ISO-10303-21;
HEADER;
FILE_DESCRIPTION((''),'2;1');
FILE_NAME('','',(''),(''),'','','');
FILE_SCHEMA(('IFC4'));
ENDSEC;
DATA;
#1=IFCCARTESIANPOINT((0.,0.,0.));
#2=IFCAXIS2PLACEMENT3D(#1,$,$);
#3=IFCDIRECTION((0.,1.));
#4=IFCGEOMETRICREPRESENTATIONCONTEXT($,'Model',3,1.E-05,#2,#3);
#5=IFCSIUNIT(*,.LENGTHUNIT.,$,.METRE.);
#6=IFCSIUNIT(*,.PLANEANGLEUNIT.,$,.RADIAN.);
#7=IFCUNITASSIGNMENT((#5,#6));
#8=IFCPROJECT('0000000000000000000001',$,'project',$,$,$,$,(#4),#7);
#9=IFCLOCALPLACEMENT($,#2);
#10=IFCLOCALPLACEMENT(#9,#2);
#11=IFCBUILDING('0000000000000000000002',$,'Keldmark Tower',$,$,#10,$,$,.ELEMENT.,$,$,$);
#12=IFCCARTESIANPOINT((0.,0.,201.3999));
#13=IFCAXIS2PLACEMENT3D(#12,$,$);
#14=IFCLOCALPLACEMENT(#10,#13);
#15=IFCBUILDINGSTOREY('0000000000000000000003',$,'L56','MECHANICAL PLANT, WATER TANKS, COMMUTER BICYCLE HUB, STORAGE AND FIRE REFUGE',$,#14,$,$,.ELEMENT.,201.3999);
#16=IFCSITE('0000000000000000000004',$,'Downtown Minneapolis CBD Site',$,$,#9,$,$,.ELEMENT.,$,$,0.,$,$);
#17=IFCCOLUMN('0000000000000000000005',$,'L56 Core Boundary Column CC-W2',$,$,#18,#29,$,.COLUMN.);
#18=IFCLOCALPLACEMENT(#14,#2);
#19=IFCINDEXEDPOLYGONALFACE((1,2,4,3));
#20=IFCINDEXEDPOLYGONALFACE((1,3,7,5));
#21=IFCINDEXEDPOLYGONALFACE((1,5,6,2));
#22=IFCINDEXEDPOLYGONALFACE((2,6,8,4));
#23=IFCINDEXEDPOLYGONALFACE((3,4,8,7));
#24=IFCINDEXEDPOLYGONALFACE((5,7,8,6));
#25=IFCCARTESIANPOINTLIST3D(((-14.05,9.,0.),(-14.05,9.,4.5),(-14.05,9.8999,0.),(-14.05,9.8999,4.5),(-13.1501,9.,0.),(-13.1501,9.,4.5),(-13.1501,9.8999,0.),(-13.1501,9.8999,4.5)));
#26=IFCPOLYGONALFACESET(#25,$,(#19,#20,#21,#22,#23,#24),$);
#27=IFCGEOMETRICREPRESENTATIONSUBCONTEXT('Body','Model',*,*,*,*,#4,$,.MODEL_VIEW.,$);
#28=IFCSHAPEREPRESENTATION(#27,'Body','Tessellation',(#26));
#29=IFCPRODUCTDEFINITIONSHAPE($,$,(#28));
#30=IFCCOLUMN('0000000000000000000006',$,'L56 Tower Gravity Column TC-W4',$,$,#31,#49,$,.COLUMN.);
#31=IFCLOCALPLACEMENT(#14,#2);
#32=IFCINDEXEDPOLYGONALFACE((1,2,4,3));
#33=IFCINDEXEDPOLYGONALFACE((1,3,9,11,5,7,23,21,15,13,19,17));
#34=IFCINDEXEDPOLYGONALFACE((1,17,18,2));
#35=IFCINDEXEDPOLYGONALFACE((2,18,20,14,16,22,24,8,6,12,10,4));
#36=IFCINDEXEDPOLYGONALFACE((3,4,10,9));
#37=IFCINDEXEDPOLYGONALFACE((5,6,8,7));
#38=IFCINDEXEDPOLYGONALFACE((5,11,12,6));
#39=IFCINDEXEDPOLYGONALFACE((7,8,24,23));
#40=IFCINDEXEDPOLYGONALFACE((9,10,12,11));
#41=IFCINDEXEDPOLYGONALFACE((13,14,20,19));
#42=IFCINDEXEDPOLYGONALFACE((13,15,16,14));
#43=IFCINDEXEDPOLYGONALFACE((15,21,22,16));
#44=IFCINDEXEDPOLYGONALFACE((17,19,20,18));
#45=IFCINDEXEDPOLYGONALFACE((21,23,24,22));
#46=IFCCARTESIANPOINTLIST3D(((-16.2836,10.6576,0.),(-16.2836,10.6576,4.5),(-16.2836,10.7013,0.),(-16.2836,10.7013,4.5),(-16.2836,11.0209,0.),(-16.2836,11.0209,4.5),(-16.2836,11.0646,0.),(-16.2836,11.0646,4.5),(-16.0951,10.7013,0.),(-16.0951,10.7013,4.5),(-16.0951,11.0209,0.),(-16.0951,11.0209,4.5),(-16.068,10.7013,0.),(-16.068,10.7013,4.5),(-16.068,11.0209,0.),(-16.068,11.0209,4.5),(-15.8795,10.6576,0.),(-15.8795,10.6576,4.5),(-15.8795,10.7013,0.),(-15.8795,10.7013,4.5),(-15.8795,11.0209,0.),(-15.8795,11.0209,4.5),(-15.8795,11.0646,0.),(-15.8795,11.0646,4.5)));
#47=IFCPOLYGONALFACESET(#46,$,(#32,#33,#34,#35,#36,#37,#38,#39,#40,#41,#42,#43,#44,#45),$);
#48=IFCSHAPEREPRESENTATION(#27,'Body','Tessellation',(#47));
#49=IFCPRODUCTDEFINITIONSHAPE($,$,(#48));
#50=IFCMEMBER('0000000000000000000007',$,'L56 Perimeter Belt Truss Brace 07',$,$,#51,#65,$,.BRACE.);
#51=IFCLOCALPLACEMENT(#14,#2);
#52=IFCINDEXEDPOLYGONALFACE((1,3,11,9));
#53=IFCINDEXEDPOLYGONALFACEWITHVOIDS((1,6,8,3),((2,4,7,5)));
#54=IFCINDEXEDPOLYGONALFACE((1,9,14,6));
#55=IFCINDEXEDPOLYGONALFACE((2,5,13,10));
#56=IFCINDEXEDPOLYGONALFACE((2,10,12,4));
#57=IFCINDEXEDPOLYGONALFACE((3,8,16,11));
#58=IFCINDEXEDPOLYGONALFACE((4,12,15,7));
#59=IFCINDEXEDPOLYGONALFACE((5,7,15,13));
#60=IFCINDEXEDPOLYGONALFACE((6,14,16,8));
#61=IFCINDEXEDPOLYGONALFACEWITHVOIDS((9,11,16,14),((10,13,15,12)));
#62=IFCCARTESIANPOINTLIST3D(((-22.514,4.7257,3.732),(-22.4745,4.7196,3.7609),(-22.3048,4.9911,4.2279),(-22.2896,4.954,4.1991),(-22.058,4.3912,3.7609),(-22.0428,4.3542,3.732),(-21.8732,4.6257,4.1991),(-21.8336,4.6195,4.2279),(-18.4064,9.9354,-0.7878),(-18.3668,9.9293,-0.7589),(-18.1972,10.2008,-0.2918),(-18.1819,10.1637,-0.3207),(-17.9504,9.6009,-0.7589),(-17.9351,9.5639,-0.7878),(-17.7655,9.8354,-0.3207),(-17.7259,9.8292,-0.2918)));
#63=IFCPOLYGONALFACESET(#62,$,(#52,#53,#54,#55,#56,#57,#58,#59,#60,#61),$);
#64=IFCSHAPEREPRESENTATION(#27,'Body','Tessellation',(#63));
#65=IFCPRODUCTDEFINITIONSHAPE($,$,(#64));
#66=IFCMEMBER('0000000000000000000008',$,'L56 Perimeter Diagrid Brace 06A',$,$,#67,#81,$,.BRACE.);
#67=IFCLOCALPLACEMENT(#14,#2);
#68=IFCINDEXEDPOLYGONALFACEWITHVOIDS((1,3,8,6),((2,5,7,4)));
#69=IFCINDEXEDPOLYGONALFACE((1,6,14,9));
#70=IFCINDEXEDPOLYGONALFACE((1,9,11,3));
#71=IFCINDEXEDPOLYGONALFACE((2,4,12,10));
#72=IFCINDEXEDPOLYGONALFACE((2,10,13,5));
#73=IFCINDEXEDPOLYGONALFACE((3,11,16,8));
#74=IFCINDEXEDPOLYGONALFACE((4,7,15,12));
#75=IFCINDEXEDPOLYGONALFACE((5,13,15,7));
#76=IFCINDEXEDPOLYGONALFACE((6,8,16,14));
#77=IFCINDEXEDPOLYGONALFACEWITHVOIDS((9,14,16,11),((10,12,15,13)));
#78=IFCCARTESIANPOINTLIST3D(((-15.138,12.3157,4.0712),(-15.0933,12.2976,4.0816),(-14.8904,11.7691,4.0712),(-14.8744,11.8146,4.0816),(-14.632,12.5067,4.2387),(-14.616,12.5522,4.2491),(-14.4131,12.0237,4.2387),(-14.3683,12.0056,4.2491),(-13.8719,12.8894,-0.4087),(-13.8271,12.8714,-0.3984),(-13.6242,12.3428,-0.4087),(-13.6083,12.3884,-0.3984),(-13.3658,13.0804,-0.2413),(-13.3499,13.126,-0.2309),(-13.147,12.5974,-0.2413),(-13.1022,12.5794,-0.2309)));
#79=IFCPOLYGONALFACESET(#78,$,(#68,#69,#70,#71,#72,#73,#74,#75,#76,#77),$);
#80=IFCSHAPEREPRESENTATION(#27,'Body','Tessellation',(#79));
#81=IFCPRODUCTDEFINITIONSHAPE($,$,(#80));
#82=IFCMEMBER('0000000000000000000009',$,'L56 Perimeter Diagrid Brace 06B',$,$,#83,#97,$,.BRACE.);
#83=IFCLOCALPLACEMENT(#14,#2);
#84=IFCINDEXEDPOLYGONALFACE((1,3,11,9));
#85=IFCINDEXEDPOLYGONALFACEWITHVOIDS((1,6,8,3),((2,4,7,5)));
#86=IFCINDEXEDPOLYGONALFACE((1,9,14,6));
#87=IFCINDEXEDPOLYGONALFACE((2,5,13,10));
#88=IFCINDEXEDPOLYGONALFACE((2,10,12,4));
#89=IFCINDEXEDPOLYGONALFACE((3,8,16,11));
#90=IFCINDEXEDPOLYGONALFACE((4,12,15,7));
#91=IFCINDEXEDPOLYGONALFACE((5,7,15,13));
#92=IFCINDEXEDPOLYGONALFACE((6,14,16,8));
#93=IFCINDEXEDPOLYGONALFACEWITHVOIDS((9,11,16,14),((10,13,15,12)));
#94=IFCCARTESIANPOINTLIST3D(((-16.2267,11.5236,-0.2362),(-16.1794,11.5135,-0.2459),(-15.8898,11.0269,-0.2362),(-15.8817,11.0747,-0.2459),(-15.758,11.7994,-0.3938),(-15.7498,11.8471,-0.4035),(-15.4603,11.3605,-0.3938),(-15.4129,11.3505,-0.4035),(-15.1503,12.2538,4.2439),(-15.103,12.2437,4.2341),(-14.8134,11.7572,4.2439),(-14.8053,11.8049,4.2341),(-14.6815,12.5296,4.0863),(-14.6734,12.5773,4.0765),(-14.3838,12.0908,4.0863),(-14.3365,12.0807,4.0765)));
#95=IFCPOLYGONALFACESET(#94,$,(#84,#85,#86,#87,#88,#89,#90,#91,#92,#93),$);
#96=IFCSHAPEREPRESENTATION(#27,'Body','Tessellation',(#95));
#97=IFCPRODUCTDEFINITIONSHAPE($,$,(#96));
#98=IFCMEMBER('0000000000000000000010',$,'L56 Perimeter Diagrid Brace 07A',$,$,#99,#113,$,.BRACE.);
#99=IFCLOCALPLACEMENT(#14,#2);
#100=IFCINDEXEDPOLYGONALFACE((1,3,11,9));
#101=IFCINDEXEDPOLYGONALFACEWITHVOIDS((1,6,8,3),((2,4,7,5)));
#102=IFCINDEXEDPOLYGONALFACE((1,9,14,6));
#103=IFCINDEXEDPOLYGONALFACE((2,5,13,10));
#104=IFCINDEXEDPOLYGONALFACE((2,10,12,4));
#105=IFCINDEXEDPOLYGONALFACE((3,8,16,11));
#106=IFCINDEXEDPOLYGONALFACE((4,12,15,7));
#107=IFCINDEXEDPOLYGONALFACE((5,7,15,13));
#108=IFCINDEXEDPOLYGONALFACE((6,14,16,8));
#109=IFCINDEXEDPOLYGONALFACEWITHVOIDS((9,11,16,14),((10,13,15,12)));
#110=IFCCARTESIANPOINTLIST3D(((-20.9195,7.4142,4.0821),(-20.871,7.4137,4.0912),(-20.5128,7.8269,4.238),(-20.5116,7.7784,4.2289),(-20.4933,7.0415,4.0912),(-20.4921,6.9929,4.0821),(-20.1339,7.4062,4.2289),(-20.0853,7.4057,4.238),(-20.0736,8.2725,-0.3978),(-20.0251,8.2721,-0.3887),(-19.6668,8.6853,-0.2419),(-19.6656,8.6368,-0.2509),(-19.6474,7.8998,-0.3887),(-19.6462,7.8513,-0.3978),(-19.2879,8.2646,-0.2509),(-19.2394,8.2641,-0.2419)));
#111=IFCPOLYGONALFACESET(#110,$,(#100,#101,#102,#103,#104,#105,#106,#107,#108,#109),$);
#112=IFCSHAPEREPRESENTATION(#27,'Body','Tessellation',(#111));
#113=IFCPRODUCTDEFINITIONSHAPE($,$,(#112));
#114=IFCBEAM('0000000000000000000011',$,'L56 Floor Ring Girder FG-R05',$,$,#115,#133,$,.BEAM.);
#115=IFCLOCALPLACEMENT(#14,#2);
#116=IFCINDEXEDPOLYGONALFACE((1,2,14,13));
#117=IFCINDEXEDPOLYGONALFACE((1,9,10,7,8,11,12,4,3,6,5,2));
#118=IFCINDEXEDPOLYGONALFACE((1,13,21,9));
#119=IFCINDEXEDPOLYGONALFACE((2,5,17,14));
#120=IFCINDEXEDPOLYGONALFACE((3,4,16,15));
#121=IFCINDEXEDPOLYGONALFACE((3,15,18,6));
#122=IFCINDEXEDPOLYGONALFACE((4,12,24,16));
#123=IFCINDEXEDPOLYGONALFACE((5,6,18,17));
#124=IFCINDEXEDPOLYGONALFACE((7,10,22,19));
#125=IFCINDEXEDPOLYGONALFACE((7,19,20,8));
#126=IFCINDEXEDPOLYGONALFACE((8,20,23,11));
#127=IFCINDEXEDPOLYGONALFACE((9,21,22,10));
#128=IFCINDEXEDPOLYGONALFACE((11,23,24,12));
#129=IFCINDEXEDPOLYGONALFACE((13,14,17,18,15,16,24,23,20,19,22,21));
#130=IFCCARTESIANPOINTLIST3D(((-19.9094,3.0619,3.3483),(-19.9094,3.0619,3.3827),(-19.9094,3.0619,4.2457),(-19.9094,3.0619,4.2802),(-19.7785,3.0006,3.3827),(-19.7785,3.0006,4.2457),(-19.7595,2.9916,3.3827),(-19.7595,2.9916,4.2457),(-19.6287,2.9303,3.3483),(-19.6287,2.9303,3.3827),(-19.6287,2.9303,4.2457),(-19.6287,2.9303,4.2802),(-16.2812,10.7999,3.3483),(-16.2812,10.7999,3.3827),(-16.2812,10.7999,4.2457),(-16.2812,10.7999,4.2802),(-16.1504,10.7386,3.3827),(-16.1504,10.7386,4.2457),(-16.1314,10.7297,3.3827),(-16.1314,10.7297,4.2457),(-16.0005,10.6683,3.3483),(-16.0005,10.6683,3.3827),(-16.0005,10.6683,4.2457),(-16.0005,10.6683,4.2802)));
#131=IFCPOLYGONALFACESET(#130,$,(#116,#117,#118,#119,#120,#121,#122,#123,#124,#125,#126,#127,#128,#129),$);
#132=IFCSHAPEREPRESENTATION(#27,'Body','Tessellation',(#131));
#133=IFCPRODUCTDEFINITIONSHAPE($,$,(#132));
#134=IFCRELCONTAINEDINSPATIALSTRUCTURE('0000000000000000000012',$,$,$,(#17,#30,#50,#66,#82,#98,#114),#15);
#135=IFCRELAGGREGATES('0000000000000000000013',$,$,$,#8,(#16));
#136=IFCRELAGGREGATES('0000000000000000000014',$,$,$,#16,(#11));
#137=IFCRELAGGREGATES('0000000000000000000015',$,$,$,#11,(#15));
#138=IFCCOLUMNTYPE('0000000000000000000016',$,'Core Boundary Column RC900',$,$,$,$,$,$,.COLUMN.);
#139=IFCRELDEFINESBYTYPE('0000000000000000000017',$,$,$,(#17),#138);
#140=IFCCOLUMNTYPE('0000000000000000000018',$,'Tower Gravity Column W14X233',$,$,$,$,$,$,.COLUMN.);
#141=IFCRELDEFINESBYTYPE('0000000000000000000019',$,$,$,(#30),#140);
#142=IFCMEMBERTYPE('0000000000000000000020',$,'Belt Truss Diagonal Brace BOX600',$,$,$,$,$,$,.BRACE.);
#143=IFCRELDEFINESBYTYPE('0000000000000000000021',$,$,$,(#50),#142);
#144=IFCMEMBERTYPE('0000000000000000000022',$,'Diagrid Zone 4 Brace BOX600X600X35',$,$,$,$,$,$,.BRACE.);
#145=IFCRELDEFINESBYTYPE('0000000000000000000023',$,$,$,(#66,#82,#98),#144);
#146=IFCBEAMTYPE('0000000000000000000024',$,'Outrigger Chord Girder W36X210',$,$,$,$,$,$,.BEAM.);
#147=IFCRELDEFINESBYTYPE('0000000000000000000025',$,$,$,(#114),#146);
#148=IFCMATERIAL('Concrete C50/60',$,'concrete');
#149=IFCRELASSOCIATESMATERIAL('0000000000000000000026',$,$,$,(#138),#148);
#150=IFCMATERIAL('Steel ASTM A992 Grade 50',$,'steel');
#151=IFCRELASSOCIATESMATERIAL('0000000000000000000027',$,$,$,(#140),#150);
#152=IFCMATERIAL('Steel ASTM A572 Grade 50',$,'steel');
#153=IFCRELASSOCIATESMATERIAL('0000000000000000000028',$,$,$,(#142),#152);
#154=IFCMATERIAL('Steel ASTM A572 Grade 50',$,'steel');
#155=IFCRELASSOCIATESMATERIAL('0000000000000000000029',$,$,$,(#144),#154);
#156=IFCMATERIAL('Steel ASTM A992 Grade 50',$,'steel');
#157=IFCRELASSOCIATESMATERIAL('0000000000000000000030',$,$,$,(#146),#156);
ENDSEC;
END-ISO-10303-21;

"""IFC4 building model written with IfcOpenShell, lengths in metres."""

from ifc_helpers import new_model, si_unit, direction, frame, origin, origin_2d, place, context, subcontext, project, spatial, rectangle, hollow_rectangle, i_section, extrude, material, material_profile, profile_set, type_object, element, save


model = new_model("IFC4")

# Units and contexts
model_context = context("Model", 3, precision=1e-05, world=origin(), true_north=direction((0.0, 1.0)))
body_context = subcontext(model_context, "Body", "Model", "MODEL_VIEW")
ifc_project = project(units=[si_unit("LENGTHUNIT", "METRE"), si_unit("PLANEANGLEUNIT", "RADIAN")], contexts=[model_context])

# Site, building, storey
site_placement = place(None, origin())
site = spatial("IfcSite", under=ifc_project, at=site_placement, Name="Downtown Minneapolis CBD Site", CompositionType="ELEMENT", RefElevation=0.0)
building_placement = place(site_placement, origin())
building = spatial("IfcBuilding", under=site, at=building_placement, Name="Keldmark Tower", CompositionType="ELEMENT")
storey_placement = place(building_placement, frame((0.0, 0.0, 201.3999)))
storey = spatial("IfcBuildingStorey", under=building, at=storey_placement, Name="L56", Description="MECHANICAL PLANT, WATER TANKS, COMMUTER BICYCLE HUB, STORAGE AND FIRE REFUGE", CompositionType="ELEMENT", Elevation=201.3999)

# Columns
ifc_material_1 = material(Name="Concrete C50/60", Category="concrete")
ifc_material_profile_1 = material_profile(ifc_material_1, rectangle(XDim=0.8999, YDim=0.8999, at=origin_2d()), Name="RC900X900")
ifc_profile_set_1 = profile_set([ifc_material_profile_1], Name="Concrete C50/60")
column_type_1 = type_object("IfcColumnType", Name="Core Boundary Column RC900", PredefinedType="COLUMN", material=ifc_profile_set_1)
column_1_placement = place(storey_placement, frame((-13.6001, 9.45, 0.0), z_axis=(0.0, 0.0, 1.0), x_axis=(1.0, 0.0, 0.0)))
element("IfcColumn", 1, at=column_1_placement, inside=storey, type_object=column_type_1, Name="L56 Core Boundary Column CC-W2", PredefinedType="COLUMN", context=body_context, shape_type="SweptSolid", body=[
    extrude(rectangle(XDim=0.8999, YDim=0.8999, at=origin_2d()), origin(), (0.0, 0.0, 1.0), 4.5),
])
ifc_material_2 = material(Name="Steel ASTM A992 Grade 50", Category="steel")
ifc_material_profile_2 = material_profile(ifc_material_2, i_section(OverallWidth=0.4041, OverallDepth=0.407, WebThickness=0.0271, FlangeThickness=0.0437, at=origin_2d()), Name="W14X233")
ifc_profile_set_2 = profile_set([ifc_material_profile_2], Name="Steel ASTM A992 Grade 50")
column_type_2 = type_object("IfcColumnType", Name="Tower Gravity Column W14X233", PredefinedType="COLUMN", material=ifc_profile_set_2)
column_2_placement = place(storey_placement, frame((-16.0815, 10.8611, 0.0), z_axis=(0.0, 0.0, 1.0), x_axis=(1.0, 0.0, 0.0)))
element("IfcColumn", 2, at=column_2_placement, inside=storey, type_object=column_type_2, Name="L56 Tower Gravity Column TC-W4", PredefinedType="COLUMN", context=body_context, shape_type="SweptSolid", body=[
    extrude(i_section(OverallWidth=0.4041, OverallDepth=0.407, WebThickness=0.0271, FlangeThickness=0.0437, at=origin_2d()), origin(), (0.0, 0.0, 1.0), 4.5),
])

# Members
ifc_material_3 = material(Name="Steel ASTM A572 Grade 50", Category="steel")
ifc_material_profile_3 = material_profile(ifc_material_3, hollow_rectangle(XDim=0.6001, YDim=0.6001, WallThickness=0.0349, at=origin_2d()), Name="BOX600X600X35")
ifc_profile_set_3 = profile_set([ifc_material_profile_3], Name="Steel ASTM A572 Grade 50")
member_type_1 = type_object("IfcMemberType", Name="Belt Truss Diagonal Brace BOX600", PredefinedType="BRACE", material=ifc_profile_set_3)
member_1_placement = place(storey_placement, frame((-18.0662, 9.8823, -0.5398), z_axis=(-0.511693, -0.648975, 0.563029), x_axis=(0.785269, -0.619155, 0.0)))
element("IfcMember", 3, at=member_1_placement, inside=storey, type_object=member_type_1, Name="L56 Perimeter Belt Truss Brace 07", PredefinedType="BRACE", context=body_context, shape_type="SweptSolid", body=[
    extrude(hollow_rectangle(XDim=0.6001, YDim=0.6001, WallThickness=0.0349, at=origin_2d()), origin(), (0.0, 0.0, 1.0), 8.0276),
])
ifc_material_4 = material(Name="Steel ASTM A572 Grade 50", Category="steel")
ifc_material_profile_4 = material_profile(ifc_material_4, hollow_rectangle(XDim=0.6001, YDim=0.6001, WallThickness=0.0349, at=origin_2d()), Name="BOX600X600X35")
ifc_profile_set_4 = profile_set([ifc_material_profile_4], Name="Steel ASTM A572 Grade 50")
member_type_2 = type_object("IfcMemberType", Name="Diagrid Zone 4 Brace BOX600X600X35", PredefinedType="BRACE", material=ifc_profile_set_4)
member_2_placement = place(storey_placement, frame((-13.4871, 12.7344, -0.3198), z_axis=(-0.269921, -0.122313, 0.955082), x_axis=(0.412744, -0.910847, 0.0)))
element("IfcMember", 4, at=member_2_placement, inside=storey, type_object=member_type_2, Name="L56 Perimeter Diagrid Brace 06A", PredefinedType="BRACE", context=body_context, shape_type="SweptSolid", body=[
    extrude(hollow_rectangle(XDim=0.6001, YDim=0.6001, WallThickness=0.0349, at=origin_2d()), origin(), (0.0, 0.0, 1.0), 4.6907),
])
member_3_placement = place(storey_placement, frame((-15.8198, 11.437, -0.3198), z_axis=(0.230744, 0.156533, 0.960341), x_axis=(-0.561396, 0.827547, 0.0)))
element("IfcMember", 5, at=member_3_placement, inside=storey, type_object=member_type_2, Name="L56 Perimeter Diagrid Brace 06B", PredefinedType="BRACE", context=body_context, shape_type="SweptSolid", body=[
    extrude(hollow_rectangle(XDim=0.6001, YDim=0.6001, WallThickness=0.0349, at=origin_2d()), origin(), (0.0, 0.0, 1.0), 4.665),
])
member_4_placement = place(storey_placement, frame((-19.6565, 8.2683, -0.3198), z_axis=(-0.182345, -0.185029, 0.965668), x_axis=(0.712254, -0.701922, 0.0)))
element("IfcMember", 6, at=member_4_placement, inside=storey, type_object=member_type_2, Name="L56 Perimeter Diagrid Brace 07A", PredefinedType="BRACE", context=body_context, shape_type="SweptSolid", body=[
    extrude(hollow_rectangle(XDim=0.6001, YDim=0.6001, WallThickness=0.0349, at=origin_2d()), origin(), (0.0, 0.0, 1.0), 4.6392),
])

# Beam
ifc_material_5 = material(Name="Steel ASTM A992 Grade 50", Category="steel")
ifc_material_profile_5 = material_profile(ifc_material_5, i_section(OverallWidth=0.3101, OverallDepth=0.9319, WebThickness=0.021, FlangeThickness=0.0344, at=origin_2d()), Name="W36X210")
ifc_profile_set_5 = profile_set([ifc_material_profile_5], Name="Steel ASTM A992 Grade 50")
beam_type_1 = type_object("IfcBeamType", Name="Outrigger Chord Girder W36X210", PredefinedType="BEAM", material=ifc_profile_set_5)
beam_1_placement = place(storey_placement, frame((-16.1409, 10.7341, 3.8142), z_axis=(-0.424527, -0.905415, 0.0), x_axis=(0.905415, -0.424527, 0.0)))
element("IfcBeam", 7, at=beam_1_placement, inside=storey, type_object=beam_type_1, Name="L56 Floor Ring Girder FG-R05", PredefinedType="BEAM", context=body_context, shape_type="SweptSolid", body=[
    extrude(i_section(OverallWidth=0.3101, OverallDepth=0.9319, WebThickness=0.021, FlangeThickness=0.0344, at=origin_2d()), origin(), (0.0, 0.0, 1.0), 8.5464),
])

save(model, "model.ifc")
